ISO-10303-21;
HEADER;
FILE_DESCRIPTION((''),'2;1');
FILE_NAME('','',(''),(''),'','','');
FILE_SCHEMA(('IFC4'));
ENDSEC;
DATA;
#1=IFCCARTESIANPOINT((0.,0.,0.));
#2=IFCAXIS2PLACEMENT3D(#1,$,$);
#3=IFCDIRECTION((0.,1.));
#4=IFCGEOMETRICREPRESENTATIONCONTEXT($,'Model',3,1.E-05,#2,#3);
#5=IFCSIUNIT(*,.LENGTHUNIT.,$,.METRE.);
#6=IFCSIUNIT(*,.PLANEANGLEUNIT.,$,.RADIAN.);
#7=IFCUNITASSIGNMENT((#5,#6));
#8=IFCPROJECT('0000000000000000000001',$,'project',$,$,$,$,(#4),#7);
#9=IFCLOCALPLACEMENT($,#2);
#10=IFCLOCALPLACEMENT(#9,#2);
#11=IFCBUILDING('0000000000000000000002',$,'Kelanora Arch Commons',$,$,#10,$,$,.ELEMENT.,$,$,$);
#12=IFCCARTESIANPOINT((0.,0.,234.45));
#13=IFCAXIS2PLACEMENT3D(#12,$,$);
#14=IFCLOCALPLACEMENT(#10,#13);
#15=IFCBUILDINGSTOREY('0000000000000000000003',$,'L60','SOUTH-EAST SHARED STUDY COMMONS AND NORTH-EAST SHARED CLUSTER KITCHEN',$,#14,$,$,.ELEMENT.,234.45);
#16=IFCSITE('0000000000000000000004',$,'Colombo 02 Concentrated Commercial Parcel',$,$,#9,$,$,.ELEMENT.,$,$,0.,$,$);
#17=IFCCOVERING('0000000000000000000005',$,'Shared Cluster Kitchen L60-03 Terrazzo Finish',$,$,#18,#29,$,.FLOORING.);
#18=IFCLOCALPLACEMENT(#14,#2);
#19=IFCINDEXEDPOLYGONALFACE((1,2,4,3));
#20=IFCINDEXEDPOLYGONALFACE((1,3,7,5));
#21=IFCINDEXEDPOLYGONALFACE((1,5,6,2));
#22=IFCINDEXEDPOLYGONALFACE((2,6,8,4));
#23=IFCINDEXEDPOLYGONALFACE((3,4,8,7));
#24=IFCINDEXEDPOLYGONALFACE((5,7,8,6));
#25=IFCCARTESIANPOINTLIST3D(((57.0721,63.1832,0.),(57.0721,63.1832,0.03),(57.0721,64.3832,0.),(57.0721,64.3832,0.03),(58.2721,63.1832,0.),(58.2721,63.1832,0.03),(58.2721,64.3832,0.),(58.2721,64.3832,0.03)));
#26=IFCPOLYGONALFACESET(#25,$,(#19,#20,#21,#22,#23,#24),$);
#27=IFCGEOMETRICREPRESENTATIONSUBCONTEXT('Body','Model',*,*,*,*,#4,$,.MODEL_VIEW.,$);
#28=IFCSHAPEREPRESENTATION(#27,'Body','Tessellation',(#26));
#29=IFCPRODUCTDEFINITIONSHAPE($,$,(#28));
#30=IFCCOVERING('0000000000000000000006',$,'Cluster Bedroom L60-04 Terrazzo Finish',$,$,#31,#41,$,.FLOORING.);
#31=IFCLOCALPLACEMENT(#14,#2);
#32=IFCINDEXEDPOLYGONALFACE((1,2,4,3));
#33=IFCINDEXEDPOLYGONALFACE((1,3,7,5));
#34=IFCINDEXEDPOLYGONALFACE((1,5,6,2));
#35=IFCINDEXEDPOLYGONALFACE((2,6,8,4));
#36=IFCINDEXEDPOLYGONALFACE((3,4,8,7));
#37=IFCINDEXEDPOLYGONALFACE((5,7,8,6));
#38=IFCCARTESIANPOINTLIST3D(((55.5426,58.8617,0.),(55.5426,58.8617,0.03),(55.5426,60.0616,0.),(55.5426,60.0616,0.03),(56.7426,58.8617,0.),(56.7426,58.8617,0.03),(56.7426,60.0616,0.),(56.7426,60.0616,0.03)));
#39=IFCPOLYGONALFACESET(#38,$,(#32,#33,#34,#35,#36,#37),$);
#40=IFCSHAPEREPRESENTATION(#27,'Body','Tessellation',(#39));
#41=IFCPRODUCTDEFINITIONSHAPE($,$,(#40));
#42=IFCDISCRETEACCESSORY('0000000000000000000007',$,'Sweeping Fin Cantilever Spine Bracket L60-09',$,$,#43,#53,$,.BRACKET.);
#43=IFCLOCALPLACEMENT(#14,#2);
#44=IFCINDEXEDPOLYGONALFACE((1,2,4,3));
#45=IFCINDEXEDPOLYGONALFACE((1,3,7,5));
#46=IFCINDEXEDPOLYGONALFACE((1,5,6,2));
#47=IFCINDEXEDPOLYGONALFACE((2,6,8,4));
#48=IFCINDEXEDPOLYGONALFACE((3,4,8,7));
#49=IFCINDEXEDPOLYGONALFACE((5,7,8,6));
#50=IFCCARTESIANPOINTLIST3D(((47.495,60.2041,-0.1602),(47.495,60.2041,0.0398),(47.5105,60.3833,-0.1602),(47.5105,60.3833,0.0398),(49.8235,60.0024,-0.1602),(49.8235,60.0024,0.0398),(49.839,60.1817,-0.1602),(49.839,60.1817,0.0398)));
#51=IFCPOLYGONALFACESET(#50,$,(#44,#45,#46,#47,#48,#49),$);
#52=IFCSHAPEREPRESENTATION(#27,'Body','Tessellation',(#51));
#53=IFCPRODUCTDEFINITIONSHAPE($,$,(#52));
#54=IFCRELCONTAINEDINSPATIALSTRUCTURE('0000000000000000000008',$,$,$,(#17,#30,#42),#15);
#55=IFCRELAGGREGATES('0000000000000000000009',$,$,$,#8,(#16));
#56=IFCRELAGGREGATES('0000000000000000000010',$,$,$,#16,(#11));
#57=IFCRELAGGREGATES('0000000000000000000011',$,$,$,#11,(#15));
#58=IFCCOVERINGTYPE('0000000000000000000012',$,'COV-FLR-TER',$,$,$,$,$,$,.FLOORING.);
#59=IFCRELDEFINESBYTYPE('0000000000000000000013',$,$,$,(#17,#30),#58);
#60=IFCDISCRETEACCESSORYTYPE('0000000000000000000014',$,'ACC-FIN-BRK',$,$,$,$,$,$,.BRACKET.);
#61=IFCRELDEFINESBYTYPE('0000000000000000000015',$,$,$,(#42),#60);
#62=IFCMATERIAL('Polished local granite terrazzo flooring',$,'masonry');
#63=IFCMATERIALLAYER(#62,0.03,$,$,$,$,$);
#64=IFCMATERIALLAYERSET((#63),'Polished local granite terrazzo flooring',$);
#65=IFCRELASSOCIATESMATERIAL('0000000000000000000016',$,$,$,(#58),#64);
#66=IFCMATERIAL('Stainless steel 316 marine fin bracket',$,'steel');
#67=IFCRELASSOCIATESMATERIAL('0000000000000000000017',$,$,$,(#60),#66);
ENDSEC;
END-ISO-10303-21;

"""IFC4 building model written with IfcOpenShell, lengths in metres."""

from ifc_helpers import new_model, si_unit, direction, frame, origin, origin_2d, place, context, subcontext, project, spatial, rectangle, extrude, source, transform, mapped, material, layer, layer_set, type_object, element, save


model = new_model("IFC4")

# Units and contexts
model_context = context("Model", 3, precision=1e-05, world=origin(), true_north=direction((0.0, 1.0)))
body_context = subcontext(model_context, "Body", "Model", "MODEL_VIEW")
ifc_project = project(units=[si_unit("LENGTHUNIT", "METRE"), si_unit("PLANEANGLEUNIT", "RADIAN")], contexts=[model_context])

# Site, building, storey
site_placement = place(None, origin())
site = spatial("IfcSite", under=ifc_project, at=site_placement, Name="Colombo 02 Concentrated Commercial Parcel", CompositionType="ELEMENT", RefElevation=0.0)
building_placement = place(site_placement, origin())
building = spatial("IfcBuilding", under=site, at=building_placement, Name="Kelanora Arch Commons", CompositionType="ELEMENT")
storey_placement = place(building_placement, frame((0.0, 0.0, 234.45)))
storey = spatial("IfcBuildingStorey", under=building, at=storey_placement, Name="L60", Description="SOUTH-EAST SHARED STUDY COMMONS AND NORTH-EAST SHARED CLUSTER KITCHEN", CompositionType="ELEMENT", Elevation=234.45)

# Coverings
ifc_material_1 = material(Name="Polished local granite terrazzo flooring", Category="masonry")
ifc_layer_1 = layer(ifc_material_1, 0.03)
ifc_layer_set_1 = layer_set([ifc_layer_1], Name="Polished local granite terrazzo flooring")
covering_type = type_object("IfcCoveringType", Name="COV-FLR-TER", PredefinedType="FLOORING", material=ifc_layer_set_1)
shared_shape_1 = source(origin(), body_context, "Body", "SweptSolid", [
    extrude(rectangle(XDim=1.2, YDim=1.2, at=origin_2d()), origin(), (0.0, 0.0, 1.0), 0.03),
])
for number, where, z_axis, x_axis, name in (
    (1, (57.6721, 63.7832, 0.0), (0.0, 0.0, 1.0), (1.0, 0.0, 0.0), "Shared Cluster Kitchen L60-03 Terrazzo Finish"),
    (2, (56.1426, 59.4617, 0.0), (0.0, 0.0, 1.0), (1.0, 0.0, 0.0), "Cluster Bedroom L60-04 Terrazzo Finish"),
):
    element("IfcCovering", number, at=place(storey_placement, frame(where, z_axis=z_axis, x_axis=x_axis)), inside=storey, type_object=covering_type, Name=name, PredefinedType="FLOORING", context=body_context, shape_type="MappedRepresentation", body=[
        mapped(shared_shape_1, transform((0.0, 0.0, 0.0), scale=1.0)),
    ])

# Discrete accessory
ifc_material_2 = material(Name="Stainless steel 316 marine fin bracket", Category="steel")
discrete_accessory_type = type_object("IfcDiscreteAccessoryType", Name="ACC-FIN-BRK", PredefinedType="BRACKET", material=ifc_material_2)
shared_shape_2 = source(origin(), body_context, "Body", "SweptSolid", [
    extrude(rectangle(XDim=2.3372, YDim=0.1799, at=origin_2d()), origin(), (0.0, 0.0, 1.0), 0.2),
])
discrete_accessory_placement = place(storey_placement, frame((48.667, 60.1929, -0.1602), z_axis=(0.0, 0.0, 1.0), x_axis=(-0.99627, 0.086286, 0.0)))
element("IfcDiscreteAccessory", 3, at=discrete_accessory_placement, inside=storey, type_object=discrete_accessory_type, Name="Sweeping Fin Cantilever Spine Bracket L60-09", PredefinedType="BRACKET", context=body_context, shape_type="MappedRepresentation", body=[
    mapped(shared_shape_2, transform((0.0, 0.0, 0.0), scale=1.0)),
])

save(model, "model.ifc")
